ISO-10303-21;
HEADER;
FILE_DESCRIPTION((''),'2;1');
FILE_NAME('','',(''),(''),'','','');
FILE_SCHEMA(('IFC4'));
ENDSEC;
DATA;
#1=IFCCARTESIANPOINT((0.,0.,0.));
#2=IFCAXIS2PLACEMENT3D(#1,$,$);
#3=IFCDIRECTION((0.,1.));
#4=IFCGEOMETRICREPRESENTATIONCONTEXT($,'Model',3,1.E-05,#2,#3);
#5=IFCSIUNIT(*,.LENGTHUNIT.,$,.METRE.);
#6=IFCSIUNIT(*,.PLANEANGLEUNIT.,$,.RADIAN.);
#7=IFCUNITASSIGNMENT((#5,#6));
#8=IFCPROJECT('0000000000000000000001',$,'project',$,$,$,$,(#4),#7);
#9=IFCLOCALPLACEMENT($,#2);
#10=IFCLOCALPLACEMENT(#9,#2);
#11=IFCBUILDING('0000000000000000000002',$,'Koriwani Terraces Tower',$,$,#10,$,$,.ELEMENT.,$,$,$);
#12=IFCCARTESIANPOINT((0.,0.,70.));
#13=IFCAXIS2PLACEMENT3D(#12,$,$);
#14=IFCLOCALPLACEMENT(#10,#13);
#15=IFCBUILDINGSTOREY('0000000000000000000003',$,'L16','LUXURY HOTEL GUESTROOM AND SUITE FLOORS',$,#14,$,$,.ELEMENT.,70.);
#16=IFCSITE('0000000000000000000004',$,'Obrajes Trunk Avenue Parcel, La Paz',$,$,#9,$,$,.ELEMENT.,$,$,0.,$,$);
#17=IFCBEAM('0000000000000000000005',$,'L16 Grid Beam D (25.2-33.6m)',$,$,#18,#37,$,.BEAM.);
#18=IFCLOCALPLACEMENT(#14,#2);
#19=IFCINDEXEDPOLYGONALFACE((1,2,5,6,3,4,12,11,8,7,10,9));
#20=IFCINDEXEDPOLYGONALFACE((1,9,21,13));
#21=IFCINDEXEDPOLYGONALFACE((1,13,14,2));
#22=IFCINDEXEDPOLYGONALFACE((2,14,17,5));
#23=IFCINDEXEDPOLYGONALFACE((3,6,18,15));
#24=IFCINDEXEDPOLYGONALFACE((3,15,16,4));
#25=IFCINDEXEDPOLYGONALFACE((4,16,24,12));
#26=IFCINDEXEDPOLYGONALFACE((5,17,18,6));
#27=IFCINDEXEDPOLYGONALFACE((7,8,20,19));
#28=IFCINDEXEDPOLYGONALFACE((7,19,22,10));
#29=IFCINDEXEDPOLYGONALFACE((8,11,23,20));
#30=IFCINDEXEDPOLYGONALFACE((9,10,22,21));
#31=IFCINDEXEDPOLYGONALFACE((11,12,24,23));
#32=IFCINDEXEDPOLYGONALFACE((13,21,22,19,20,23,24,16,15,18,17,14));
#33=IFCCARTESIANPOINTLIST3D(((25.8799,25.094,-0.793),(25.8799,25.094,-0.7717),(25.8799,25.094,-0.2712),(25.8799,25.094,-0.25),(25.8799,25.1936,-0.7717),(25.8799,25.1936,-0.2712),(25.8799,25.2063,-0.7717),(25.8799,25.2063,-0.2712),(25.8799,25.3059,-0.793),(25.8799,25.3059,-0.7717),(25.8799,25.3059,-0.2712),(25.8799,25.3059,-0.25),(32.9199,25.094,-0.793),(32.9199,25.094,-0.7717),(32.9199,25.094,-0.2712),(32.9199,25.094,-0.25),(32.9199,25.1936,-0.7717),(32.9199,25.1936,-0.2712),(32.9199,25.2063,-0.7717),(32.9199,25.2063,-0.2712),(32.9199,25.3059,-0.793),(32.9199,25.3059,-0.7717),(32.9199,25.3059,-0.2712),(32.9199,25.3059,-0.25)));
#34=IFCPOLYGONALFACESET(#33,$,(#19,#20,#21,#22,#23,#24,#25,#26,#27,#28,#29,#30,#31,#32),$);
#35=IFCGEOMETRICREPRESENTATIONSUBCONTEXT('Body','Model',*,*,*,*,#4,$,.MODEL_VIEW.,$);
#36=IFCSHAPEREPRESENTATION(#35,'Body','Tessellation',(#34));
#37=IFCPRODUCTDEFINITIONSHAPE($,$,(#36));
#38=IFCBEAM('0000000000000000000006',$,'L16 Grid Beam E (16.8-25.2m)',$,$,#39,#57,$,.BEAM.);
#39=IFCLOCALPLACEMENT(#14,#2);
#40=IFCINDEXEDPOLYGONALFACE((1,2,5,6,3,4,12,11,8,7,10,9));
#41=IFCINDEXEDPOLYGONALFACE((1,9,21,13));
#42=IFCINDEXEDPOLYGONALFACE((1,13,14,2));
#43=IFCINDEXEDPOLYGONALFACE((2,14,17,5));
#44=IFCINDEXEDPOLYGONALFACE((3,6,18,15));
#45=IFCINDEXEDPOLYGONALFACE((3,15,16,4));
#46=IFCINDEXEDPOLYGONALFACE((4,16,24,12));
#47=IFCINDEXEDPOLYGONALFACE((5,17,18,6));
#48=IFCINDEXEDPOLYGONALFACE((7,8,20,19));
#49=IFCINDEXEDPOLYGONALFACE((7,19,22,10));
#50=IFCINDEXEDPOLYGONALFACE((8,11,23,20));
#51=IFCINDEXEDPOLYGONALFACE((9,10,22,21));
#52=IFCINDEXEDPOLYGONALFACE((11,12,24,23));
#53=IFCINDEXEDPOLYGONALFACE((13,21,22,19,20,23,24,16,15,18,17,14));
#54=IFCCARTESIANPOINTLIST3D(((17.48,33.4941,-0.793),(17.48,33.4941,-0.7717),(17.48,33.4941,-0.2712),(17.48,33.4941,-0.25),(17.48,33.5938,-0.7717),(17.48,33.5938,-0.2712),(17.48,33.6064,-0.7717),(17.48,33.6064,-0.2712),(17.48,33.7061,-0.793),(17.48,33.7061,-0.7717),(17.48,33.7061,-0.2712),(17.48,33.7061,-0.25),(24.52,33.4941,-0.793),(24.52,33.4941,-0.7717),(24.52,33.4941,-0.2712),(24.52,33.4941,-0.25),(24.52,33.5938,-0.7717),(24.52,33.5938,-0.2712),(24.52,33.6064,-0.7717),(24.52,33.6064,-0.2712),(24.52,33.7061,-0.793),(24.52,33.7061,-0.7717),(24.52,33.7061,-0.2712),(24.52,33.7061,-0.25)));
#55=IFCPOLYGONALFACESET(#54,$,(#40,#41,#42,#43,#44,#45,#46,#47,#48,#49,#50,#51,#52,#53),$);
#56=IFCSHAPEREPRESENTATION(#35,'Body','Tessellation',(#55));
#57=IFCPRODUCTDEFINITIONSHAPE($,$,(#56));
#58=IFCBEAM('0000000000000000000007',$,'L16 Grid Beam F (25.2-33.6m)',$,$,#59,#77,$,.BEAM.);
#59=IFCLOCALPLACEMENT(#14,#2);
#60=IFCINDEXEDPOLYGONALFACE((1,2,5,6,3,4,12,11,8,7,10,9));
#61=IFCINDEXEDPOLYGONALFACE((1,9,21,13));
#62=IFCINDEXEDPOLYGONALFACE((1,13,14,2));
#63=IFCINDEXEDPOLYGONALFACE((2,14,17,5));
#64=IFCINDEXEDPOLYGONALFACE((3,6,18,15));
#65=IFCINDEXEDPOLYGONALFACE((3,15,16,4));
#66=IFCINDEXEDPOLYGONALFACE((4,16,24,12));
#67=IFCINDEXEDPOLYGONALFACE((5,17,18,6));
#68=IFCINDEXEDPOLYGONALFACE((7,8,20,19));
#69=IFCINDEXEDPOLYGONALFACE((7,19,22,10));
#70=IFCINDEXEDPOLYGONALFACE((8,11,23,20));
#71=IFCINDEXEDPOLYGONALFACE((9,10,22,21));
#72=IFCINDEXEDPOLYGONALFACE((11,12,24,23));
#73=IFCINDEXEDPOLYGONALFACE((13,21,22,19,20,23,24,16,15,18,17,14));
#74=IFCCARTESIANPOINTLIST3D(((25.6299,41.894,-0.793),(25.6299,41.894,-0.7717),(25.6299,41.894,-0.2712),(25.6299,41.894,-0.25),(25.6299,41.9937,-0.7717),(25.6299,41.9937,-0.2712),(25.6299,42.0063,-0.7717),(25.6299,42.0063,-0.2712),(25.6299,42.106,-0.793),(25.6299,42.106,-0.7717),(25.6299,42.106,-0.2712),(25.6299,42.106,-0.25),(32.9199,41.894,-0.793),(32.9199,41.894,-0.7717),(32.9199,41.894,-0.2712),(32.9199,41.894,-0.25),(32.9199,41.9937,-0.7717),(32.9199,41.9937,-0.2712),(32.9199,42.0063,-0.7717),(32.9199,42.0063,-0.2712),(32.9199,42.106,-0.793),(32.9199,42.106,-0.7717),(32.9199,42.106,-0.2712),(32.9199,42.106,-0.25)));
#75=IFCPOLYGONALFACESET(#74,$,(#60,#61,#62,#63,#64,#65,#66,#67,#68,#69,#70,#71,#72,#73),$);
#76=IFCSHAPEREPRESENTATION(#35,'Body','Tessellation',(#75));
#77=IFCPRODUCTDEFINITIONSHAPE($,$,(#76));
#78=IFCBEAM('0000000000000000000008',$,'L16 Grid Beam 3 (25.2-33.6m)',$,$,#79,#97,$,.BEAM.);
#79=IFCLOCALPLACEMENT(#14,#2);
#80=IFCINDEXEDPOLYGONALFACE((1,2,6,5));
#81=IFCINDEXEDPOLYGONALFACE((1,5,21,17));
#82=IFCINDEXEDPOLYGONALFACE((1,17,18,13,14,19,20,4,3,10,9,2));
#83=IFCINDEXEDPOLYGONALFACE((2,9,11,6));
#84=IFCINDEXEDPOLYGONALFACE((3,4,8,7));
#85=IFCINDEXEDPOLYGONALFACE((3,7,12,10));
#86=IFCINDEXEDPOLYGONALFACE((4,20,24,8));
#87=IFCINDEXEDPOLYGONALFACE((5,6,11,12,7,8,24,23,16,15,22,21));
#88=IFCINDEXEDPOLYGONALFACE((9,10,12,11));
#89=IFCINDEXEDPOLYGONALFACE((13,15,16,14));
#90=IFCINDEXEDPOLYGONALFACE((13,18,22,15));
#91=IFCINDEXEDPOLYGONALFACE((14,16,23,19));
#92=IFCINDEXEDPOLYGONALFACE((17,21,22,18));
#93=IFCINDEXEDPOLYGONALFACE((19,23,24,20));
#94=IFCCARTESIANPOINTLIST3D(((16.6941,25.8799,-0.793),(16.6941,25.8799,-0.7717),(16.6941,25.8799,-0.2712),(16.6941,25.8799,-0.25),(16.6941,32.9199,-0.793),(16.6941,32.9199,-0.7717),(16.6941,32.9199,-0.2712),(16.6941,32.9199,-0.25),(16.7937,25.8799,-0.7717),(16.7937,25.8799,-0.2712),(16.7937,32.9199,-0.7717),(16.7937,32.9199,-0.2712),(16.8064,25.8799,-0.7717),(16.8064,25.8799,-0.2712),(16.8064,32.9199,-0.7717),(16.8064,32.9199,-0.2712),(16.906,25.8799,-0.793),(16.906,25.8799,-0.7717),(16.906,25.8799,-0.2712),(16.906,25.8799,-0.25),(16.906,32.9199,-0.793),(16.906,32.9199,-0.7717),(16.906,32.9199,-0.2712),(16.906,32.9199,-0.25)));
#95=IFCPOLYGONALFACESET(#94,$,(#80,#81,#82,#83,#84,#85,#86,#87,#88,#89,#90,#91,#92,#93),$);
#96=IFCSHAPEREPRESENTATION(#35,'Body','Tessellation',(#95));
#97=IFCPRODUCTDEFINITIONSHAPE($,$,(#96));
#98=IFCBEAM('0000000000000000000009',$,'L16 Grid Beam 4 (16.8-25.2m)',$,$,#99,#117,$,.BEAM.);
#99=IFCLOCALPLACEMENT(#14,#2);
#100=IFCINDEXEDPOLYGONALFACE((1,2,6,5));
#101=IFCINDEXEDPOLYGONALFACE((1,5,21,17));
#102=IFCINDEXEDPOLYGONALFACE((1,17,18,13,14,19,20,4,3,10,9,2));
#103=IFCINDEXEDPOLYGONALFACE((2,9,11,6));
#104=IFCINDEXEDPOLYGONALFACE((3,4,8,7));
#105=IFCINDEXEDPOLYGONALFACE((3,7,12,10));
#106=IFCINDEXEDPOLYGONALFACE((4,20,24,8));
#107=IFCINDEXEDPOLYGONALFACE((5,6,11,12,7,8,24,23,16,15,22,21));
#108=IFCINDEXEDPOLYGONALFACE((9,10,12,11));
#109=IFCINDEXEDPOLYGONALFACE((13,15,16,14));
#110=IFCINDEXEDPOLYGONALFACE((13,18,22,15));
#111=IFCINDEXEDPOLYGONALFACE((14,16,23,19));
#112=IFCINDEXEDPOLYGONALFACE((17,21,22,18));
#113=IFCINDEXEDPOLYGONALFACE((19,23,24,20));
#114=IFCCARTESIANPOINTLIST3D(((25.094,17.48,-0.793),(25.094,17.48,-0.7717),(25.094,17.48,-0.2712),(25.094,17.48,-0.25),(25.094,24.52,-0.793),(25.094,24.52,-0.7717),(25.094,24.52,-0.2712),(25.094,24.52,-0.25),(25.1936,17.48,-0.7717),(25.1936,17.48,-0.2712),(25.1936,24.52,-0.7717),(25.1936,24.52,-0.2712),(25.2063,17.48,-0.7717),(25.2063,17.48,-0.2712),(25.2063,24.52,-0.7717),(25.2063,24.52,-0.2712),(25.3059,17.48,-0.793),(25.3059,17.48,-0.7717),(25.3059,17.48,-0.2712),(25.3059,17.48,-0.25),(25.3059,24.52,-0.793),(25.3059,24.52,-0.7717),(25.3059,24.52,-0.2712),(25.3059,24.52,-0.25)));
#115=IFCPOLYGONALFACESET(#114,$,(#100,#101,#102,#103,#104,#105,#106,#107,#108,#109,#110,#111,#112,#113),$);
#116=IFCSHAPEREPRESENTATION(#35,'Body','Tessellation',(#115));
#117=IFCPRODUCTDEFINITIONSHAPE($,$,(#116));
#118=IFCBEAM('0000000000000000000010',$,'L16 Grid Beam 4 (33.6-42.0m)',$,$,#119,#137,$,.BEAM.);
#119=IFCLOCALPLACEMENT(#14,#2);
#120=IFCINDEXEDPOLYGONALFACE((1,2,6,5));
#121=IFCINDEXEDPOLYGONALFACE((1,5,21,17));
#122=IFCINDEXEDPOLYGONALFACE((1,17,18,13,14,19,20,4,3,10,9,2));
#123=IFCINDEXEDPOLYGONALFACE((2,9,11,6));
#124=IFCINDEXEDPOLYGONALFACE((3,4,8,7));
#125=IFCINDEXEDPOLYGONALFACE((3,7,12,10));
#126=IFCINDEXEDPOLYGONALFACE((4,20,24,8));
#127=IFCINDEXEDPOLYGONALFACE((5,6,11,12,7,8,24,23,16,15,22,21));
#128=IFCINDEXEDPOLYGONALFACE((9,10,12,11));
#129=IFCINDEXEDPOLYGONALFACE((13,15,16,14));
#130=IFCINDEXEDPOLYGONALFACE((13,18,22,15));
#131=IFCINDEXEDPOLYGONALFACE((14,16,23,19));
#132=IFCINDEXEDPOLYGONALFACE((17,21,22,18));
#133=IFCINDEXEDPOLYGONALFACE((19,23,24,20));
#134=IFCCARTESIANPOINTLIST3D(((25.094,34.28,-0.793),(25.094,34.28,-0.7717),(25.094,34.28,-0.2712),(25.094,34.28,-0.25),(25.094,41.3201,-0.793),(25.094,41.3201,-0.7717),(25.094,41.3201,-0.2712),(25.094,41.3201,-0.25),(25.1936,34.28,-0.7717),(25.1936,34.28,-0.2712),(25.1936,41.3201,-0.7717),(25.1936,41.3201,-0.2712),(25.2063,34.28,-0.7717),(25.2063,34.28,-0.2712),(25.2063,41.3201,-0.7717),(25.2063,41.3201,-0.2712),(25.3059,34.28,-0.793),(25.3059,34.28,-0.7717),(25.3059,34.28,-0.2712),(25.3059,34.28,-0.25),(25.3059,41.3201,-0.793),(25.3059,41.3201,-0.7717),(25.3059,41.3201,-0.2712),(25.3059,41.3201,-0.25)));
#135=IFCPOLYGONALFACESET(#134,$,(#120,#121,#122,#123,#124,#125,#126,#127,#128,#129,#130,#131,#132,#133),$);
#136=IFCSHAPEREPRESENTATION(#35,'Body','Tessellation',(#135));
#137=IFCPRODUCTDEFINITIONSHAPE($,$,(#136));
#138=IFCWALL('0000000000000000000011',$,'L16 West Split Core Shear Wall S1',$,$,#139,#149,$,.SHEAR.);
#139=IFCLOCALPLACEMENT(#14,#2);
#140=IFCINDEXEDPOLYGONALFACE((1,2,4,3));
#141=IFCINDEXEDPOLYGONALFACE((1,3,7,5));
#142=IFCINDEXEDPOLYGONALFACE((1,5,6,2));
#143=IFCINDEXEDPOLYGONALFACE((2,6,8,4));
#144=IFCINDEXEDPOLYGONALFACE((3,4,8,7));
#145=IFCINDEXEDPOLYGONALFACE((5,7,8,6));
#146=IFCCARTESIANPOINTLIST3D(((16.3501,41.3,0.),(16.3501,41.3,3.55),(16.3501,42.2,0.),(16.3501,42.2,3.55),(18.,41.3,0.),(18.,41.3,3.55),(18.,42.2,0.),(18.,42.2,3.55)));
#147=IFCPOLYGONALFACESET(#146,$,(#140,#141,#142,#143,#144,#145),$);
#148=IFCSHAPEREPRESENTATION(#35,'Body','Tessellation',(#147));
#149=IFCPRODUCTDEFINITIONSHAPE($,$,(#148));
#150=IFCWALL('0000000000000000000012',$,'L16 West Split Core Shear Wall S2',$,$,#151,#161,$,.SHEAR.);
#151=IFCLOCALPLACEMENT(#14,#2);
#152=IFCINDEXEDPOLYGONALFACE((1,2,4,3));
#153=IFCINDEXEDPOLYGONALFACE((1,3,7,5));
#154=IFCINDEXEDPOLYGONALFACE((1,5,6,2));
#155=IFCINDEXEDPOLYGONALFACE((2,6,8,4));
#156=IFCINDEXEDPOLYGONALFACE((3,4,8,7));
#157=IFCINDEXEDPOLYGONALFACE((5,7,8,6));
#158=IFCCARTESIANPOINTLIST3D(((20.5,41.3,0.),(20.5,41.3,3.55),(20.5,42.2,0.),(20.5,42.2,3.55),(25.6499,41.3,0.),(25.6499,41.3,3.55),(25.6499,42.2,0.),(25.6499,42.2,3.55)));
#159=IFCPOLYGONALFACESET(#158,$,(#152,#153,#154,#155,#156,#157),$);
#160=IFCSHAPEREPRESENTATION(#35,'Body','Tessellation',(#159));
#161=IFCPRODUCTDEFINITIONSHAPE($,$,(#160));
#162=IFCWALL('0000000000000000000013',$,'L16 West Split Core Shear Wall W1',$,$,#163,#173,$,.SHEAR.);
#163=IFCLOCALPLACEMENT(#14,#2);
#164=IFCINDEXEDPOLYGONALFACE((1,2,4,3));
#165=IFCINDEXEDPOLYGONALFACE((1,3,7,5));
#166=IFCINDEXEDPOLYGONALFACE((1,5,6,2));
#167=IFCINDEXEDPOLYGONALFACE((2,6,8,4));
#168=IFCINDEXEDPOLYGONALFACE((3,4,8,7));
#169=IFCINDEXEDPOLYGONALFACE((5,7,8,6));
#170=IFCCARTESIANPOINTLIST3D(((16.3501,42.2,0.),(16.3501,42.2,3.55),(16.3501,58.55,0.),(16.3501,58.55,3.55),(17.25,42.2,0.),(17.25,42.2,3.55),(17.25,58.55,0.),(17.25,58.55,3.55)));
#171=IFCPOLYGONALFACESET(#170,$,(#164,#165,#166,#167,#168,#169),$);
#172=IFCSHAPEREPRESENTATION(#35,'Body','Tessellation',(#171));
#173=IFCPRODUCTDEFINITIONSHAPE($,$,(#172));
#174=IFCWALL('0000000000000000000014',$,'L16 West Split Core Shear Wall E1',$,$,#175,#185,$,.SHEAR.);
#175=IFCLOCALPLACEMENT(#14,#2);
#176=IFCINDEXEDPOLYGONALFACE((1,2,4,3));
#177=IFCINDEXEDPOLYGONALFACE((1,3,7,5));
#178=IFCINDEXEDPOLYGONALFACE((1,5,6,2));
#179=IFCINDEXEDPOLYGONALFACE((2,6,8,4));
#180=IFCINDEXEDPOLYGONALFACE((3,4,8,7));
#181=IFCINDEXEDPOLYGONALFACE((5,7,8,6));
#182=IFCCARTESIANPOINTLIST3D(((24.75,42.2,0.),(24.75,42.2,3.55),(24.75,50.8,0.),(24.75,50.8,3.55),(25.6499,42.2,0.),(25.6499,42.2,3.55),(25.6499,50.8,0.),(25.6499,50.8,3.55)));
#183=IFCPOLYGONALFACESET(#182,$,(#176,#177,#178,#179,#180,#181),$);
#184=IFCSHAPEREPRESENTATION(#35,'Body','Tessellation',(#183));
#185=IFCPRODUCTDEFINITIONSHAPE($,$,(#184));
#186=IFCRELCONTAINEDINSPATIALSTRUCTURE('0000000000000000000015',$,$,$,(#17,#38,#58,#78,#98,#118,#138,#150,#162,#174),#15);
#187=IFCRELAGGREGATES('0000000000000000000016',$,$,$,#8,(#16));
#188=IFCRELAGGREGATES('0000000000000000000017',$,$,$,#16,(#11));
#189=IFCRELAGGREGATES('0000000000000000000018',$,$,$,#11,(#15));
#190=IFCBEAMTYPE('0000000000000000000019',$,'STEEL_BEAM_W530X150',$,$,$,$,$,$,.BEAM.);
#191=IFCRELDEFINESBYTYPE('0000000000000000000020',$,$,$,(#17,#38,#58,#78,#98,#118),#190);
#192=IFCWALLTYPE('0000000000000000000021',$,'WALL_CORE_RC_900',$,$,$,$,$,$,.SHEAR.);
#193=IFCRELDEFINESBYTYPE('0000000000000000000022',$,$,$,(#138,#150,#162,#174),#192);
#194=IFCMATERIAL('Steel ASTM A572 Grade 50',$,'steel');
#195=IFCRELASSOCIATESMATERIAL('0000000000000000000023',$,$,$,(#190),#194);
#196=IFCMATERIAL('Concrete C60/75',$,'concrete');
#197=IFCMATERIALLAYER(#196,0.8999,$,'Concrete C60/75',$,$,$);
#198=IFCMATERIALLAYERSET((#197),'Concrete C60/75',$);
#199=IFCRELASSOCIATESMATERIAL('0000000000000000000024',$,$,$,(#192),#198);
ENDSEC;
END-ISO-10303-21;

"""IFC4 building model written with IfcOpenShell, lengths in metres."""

from ifc_helpers import new_model, si_unit, direction, frame, frame_2d, origin, origin_2d, place, context, subcontext, project, spatial, rectangle, i_section, extrude, material, layer, layer_set, material_profile, profile_set, type_object, element, save


model = new_model("IFC4")

# Units and contexts
model_context = context("Model", 3, precision=1e-05, world=origin(), true_north=direction((0.0, 1.0)))
body_context = subcontext(model_context, "Body", "Model", "MODEL_VIEW")
ifc_project = project(units=[si_unit("LENGTHUNIT", "METRE"), si_unit("PLANEANGLEUNIT", "RADIAN")], contexts=[model_context])

# Site, building, storey
site_placement = place(None, origin())
site = spatial("IfcSite", under=ifc_project, at=site_placement, Name="Obrajes Trunk Avenue Parcel, La Paz", CompositionType="ELEMENT", RefElevation=0.0)
building_placement = place(site_placement, origin())
building = spatial("IfcBuilding", under=site, at=building_placement, Name="Koriwani Terraces Tower", CompositionType="ELEMENT")
storey_placement = place(building_placement, frame((0.0, 0.0, 70.0)))
storey = spatial("IfcBuildingStorey", under=building, at=storey_placement, Name="L16", Description="LUXURY HOTEL GUESTROOM AND SUITE FLOORS", CompositionType="ELEMENT", Elevation=70.0)

# Shared definitions
ifc_material_1 = material(Name="Concrete C60/75", Category="concrete")

# Beams
ifc_material_2 = material(Name="Steel ASTM A572 Grade 50", Category="steel")
ifc_material_profile_1 = material_profile(ifc_material_2, i_section(OverallWidth=0.2119, OverallDepth=0.543, WebThickness=0.0127, FlangeThickness=0.0212, at=origin_2d()), Name="Steel ASTM A572 Grade 50", Category="LoadBearing")
ifc_profile_set_1 = profile_set([ifc_material_profile_1], Name="Steel ASTM A572 Grade 50")
beam_type_1 = type_object("IfcBeamType", Name="STEEL_BEAM_W530X150", PredefinedType="BEAM", material=ifc_profile_set_1)
for number, where, z_axis, x_axis, name in (
    (1, (25.8799, 25.2, -0.5215), (1.0, 0.0, 0.0), (0.0, 1.0, 0.0), "L16 Grid Beam D (25.2-33.6m)"),
    (2, (17.48, 33.6001, -0.5215), (1.0, 0.0, 0.0), (0.0, 1.0, 0.0), "L16 Grid Beam E (16.8-25.2m)"),
):
    element("IfcBeam", number, at=place(storey_placement, frame(where, z_axis=z_axis, x_axis=x_axis)), inside=storey, type_object=beam_type_1, Name=name, PredefinedType="BEAM", context=body_context, shape_type="SweptSolid", body=[
        extrude(i_section(OverallWidth=0.2119, OverallDepth=0.543, WebThickness=0.0127, FlangeThickness=0.0212, at=origin_2d()), origin(), (0.0, 0.0, 1.0), 7.04),
    ])
beam_1_placement = place(storey_placement, frame((25.6299, 42.0, -0.5215), z_axis=(1.0, 0.0, 0.0), x_axis=(0.0, 1.0, 0.0)))
element("IfcBeam", 3, at=beam_1_placement, inside=storey, type_object=beam_type_1, Name="L16 Grid Beam F (25.2-33.6m)", PredefinedType="BEAM", context=body_context, shape_type="SweptSolid", body=[
    extrude(i_section(OverallWidth=0.2119, OverallDepth=0.543, WebThickness=0.0127, FlangeThickness=0.0212, at=origin_2d()), origin(), (0.0, 0.0, 1.0), 7.29),
])
for number, where, z_axis, x_axis, name in (
    (4, (16.8, 25.8799, -0.5215), (0.0, 1.0, 0.0), (-1.0, 0.0, 0.0), "L16 Grid Beam 3 (25.2-33.6m)"),
    (5, (25.2, 17.48, -0.5215), (0.0, 1.0, 0.0), (-1.0, 0.0, 0.0), "L16 Grid Beam 4 (16.8-25.2m)"),
    (6, (25.2, 34.28, -0.5215), (0.0, 1.0, 0.0), (-1.0, 0.0, 0.0), "L16 Grid Beam 4 (33.6-42.0m)"),
):
    element("IfcBeam", number, at=place(storey_placement, frame(where, z_axis=z_axis, x_axis=x_axis)), inside=storey, type_object=beam_type_1, Name=name, PredefinedType="BEAM", context=body_context, shape_type="SweptSolid", body=[
        extrude(i_section(OverallWidth=0.2119, OverallDepth=0.543, WebThickness=0.0127, FlangeThickness=0.0212, at=origin_2d()), origin(), (0.0, 0.0, 1.0), 7.04),
    ])

# Walls
ifc_layer_1 = layer(ifc_material_1, 0.8999, Name="Concrete C60/75")
ifc_layer_set_1 = layer_set([ifc_layer_1], Name="Concrete C60/75")
wall_type_1 = type_object("IfcWallType", Name="WALL_CORE_RC_900", PredefinedType="SHEAR", material=ifc_layer_set_1)
wall_1_placement = place(storey_placement, frame((16.3501, 41.75, 0.0), z_axis=(0.0, 0.0, 1.0), x_axis=(1.0, 0.0, 0.0)))
element("IfcWall", 7, at=wall_1_placement, inside=storey, type_object=wall_type_1, Name="L16 West Split Core Shear Wall S1", PredefinedType="SHEAR", context=body_context, shape_type="SweptSolid", body=[
    extrude(rectangle(XDim=1.6499, YDim=0.8999, at=frame_2d((0.825, 0.0))), origin(), (0.0, 0.0, 1.0), 3.55),
])
wall_2_placement = place(storey_placement, frame((20.5, 41.75, 0.0), z_axis=(0.0, 0.0, 1.0), x_axis=(1.0, 0.0, 0.0)))
element("IfcWall", 8, at=wall_2_placement, inside=storey, type_object=wall_type_1, Name="L16 West Split Core Shear Wall S2", PredefinedType="SHEAR", context=body_context, shape_type="SweptSolid", body=[
    extrude(rectangle(XDim=5.1499, YDim=0.8999, at=frame_2d((2.575, 0.0))), origin(), (0.0, 0.0, 1.0), 3.55),
])
wall_3_placement = place(storey_placement, frame((16.8, 42.2, 0.0), z_axis=(0.0, 0.0, 1.0), x_axis=(0.0, 1.0, 0.0)))
element("IfcWall", 9, at=wall_3_placement, inside=storey, type_object=wall_type_1, Name="L16 West Split Core Shear Wall W1", PredefinedType="SHEAR", context=body_context, shape_type="SweptSolid", body=[
    extrude(rectangle(XDim=16.3501, YDim=0.8999, at=frame_2d((8.175, 0.0))), origin(), (0.0, 0.0, 1.0), 3.55),
])
wall_4_placement = place(storey_placement, frame((25.2, 42.2, 0.0), z_axis=(0.0, 0.0, 1.0), x_axis=(0.0, 1.0, 0.0)))
element("IfcWall", 10, at=wall_4_placement, inside=storey, type_object=wall_type_1, Name="L16 West Split Core Shear Wall E1", PredefinedType="SHEAR", context=body_context, shape_type="SweptSolid", body=[
    extrude(rectangle(XDim=8.6001, YDim=0.8999, at=frame_2d((4.3, 0.0))), origin(), (0.0, 0.0, 1.0), 3.55),
])

save(model, "model.ifc")
